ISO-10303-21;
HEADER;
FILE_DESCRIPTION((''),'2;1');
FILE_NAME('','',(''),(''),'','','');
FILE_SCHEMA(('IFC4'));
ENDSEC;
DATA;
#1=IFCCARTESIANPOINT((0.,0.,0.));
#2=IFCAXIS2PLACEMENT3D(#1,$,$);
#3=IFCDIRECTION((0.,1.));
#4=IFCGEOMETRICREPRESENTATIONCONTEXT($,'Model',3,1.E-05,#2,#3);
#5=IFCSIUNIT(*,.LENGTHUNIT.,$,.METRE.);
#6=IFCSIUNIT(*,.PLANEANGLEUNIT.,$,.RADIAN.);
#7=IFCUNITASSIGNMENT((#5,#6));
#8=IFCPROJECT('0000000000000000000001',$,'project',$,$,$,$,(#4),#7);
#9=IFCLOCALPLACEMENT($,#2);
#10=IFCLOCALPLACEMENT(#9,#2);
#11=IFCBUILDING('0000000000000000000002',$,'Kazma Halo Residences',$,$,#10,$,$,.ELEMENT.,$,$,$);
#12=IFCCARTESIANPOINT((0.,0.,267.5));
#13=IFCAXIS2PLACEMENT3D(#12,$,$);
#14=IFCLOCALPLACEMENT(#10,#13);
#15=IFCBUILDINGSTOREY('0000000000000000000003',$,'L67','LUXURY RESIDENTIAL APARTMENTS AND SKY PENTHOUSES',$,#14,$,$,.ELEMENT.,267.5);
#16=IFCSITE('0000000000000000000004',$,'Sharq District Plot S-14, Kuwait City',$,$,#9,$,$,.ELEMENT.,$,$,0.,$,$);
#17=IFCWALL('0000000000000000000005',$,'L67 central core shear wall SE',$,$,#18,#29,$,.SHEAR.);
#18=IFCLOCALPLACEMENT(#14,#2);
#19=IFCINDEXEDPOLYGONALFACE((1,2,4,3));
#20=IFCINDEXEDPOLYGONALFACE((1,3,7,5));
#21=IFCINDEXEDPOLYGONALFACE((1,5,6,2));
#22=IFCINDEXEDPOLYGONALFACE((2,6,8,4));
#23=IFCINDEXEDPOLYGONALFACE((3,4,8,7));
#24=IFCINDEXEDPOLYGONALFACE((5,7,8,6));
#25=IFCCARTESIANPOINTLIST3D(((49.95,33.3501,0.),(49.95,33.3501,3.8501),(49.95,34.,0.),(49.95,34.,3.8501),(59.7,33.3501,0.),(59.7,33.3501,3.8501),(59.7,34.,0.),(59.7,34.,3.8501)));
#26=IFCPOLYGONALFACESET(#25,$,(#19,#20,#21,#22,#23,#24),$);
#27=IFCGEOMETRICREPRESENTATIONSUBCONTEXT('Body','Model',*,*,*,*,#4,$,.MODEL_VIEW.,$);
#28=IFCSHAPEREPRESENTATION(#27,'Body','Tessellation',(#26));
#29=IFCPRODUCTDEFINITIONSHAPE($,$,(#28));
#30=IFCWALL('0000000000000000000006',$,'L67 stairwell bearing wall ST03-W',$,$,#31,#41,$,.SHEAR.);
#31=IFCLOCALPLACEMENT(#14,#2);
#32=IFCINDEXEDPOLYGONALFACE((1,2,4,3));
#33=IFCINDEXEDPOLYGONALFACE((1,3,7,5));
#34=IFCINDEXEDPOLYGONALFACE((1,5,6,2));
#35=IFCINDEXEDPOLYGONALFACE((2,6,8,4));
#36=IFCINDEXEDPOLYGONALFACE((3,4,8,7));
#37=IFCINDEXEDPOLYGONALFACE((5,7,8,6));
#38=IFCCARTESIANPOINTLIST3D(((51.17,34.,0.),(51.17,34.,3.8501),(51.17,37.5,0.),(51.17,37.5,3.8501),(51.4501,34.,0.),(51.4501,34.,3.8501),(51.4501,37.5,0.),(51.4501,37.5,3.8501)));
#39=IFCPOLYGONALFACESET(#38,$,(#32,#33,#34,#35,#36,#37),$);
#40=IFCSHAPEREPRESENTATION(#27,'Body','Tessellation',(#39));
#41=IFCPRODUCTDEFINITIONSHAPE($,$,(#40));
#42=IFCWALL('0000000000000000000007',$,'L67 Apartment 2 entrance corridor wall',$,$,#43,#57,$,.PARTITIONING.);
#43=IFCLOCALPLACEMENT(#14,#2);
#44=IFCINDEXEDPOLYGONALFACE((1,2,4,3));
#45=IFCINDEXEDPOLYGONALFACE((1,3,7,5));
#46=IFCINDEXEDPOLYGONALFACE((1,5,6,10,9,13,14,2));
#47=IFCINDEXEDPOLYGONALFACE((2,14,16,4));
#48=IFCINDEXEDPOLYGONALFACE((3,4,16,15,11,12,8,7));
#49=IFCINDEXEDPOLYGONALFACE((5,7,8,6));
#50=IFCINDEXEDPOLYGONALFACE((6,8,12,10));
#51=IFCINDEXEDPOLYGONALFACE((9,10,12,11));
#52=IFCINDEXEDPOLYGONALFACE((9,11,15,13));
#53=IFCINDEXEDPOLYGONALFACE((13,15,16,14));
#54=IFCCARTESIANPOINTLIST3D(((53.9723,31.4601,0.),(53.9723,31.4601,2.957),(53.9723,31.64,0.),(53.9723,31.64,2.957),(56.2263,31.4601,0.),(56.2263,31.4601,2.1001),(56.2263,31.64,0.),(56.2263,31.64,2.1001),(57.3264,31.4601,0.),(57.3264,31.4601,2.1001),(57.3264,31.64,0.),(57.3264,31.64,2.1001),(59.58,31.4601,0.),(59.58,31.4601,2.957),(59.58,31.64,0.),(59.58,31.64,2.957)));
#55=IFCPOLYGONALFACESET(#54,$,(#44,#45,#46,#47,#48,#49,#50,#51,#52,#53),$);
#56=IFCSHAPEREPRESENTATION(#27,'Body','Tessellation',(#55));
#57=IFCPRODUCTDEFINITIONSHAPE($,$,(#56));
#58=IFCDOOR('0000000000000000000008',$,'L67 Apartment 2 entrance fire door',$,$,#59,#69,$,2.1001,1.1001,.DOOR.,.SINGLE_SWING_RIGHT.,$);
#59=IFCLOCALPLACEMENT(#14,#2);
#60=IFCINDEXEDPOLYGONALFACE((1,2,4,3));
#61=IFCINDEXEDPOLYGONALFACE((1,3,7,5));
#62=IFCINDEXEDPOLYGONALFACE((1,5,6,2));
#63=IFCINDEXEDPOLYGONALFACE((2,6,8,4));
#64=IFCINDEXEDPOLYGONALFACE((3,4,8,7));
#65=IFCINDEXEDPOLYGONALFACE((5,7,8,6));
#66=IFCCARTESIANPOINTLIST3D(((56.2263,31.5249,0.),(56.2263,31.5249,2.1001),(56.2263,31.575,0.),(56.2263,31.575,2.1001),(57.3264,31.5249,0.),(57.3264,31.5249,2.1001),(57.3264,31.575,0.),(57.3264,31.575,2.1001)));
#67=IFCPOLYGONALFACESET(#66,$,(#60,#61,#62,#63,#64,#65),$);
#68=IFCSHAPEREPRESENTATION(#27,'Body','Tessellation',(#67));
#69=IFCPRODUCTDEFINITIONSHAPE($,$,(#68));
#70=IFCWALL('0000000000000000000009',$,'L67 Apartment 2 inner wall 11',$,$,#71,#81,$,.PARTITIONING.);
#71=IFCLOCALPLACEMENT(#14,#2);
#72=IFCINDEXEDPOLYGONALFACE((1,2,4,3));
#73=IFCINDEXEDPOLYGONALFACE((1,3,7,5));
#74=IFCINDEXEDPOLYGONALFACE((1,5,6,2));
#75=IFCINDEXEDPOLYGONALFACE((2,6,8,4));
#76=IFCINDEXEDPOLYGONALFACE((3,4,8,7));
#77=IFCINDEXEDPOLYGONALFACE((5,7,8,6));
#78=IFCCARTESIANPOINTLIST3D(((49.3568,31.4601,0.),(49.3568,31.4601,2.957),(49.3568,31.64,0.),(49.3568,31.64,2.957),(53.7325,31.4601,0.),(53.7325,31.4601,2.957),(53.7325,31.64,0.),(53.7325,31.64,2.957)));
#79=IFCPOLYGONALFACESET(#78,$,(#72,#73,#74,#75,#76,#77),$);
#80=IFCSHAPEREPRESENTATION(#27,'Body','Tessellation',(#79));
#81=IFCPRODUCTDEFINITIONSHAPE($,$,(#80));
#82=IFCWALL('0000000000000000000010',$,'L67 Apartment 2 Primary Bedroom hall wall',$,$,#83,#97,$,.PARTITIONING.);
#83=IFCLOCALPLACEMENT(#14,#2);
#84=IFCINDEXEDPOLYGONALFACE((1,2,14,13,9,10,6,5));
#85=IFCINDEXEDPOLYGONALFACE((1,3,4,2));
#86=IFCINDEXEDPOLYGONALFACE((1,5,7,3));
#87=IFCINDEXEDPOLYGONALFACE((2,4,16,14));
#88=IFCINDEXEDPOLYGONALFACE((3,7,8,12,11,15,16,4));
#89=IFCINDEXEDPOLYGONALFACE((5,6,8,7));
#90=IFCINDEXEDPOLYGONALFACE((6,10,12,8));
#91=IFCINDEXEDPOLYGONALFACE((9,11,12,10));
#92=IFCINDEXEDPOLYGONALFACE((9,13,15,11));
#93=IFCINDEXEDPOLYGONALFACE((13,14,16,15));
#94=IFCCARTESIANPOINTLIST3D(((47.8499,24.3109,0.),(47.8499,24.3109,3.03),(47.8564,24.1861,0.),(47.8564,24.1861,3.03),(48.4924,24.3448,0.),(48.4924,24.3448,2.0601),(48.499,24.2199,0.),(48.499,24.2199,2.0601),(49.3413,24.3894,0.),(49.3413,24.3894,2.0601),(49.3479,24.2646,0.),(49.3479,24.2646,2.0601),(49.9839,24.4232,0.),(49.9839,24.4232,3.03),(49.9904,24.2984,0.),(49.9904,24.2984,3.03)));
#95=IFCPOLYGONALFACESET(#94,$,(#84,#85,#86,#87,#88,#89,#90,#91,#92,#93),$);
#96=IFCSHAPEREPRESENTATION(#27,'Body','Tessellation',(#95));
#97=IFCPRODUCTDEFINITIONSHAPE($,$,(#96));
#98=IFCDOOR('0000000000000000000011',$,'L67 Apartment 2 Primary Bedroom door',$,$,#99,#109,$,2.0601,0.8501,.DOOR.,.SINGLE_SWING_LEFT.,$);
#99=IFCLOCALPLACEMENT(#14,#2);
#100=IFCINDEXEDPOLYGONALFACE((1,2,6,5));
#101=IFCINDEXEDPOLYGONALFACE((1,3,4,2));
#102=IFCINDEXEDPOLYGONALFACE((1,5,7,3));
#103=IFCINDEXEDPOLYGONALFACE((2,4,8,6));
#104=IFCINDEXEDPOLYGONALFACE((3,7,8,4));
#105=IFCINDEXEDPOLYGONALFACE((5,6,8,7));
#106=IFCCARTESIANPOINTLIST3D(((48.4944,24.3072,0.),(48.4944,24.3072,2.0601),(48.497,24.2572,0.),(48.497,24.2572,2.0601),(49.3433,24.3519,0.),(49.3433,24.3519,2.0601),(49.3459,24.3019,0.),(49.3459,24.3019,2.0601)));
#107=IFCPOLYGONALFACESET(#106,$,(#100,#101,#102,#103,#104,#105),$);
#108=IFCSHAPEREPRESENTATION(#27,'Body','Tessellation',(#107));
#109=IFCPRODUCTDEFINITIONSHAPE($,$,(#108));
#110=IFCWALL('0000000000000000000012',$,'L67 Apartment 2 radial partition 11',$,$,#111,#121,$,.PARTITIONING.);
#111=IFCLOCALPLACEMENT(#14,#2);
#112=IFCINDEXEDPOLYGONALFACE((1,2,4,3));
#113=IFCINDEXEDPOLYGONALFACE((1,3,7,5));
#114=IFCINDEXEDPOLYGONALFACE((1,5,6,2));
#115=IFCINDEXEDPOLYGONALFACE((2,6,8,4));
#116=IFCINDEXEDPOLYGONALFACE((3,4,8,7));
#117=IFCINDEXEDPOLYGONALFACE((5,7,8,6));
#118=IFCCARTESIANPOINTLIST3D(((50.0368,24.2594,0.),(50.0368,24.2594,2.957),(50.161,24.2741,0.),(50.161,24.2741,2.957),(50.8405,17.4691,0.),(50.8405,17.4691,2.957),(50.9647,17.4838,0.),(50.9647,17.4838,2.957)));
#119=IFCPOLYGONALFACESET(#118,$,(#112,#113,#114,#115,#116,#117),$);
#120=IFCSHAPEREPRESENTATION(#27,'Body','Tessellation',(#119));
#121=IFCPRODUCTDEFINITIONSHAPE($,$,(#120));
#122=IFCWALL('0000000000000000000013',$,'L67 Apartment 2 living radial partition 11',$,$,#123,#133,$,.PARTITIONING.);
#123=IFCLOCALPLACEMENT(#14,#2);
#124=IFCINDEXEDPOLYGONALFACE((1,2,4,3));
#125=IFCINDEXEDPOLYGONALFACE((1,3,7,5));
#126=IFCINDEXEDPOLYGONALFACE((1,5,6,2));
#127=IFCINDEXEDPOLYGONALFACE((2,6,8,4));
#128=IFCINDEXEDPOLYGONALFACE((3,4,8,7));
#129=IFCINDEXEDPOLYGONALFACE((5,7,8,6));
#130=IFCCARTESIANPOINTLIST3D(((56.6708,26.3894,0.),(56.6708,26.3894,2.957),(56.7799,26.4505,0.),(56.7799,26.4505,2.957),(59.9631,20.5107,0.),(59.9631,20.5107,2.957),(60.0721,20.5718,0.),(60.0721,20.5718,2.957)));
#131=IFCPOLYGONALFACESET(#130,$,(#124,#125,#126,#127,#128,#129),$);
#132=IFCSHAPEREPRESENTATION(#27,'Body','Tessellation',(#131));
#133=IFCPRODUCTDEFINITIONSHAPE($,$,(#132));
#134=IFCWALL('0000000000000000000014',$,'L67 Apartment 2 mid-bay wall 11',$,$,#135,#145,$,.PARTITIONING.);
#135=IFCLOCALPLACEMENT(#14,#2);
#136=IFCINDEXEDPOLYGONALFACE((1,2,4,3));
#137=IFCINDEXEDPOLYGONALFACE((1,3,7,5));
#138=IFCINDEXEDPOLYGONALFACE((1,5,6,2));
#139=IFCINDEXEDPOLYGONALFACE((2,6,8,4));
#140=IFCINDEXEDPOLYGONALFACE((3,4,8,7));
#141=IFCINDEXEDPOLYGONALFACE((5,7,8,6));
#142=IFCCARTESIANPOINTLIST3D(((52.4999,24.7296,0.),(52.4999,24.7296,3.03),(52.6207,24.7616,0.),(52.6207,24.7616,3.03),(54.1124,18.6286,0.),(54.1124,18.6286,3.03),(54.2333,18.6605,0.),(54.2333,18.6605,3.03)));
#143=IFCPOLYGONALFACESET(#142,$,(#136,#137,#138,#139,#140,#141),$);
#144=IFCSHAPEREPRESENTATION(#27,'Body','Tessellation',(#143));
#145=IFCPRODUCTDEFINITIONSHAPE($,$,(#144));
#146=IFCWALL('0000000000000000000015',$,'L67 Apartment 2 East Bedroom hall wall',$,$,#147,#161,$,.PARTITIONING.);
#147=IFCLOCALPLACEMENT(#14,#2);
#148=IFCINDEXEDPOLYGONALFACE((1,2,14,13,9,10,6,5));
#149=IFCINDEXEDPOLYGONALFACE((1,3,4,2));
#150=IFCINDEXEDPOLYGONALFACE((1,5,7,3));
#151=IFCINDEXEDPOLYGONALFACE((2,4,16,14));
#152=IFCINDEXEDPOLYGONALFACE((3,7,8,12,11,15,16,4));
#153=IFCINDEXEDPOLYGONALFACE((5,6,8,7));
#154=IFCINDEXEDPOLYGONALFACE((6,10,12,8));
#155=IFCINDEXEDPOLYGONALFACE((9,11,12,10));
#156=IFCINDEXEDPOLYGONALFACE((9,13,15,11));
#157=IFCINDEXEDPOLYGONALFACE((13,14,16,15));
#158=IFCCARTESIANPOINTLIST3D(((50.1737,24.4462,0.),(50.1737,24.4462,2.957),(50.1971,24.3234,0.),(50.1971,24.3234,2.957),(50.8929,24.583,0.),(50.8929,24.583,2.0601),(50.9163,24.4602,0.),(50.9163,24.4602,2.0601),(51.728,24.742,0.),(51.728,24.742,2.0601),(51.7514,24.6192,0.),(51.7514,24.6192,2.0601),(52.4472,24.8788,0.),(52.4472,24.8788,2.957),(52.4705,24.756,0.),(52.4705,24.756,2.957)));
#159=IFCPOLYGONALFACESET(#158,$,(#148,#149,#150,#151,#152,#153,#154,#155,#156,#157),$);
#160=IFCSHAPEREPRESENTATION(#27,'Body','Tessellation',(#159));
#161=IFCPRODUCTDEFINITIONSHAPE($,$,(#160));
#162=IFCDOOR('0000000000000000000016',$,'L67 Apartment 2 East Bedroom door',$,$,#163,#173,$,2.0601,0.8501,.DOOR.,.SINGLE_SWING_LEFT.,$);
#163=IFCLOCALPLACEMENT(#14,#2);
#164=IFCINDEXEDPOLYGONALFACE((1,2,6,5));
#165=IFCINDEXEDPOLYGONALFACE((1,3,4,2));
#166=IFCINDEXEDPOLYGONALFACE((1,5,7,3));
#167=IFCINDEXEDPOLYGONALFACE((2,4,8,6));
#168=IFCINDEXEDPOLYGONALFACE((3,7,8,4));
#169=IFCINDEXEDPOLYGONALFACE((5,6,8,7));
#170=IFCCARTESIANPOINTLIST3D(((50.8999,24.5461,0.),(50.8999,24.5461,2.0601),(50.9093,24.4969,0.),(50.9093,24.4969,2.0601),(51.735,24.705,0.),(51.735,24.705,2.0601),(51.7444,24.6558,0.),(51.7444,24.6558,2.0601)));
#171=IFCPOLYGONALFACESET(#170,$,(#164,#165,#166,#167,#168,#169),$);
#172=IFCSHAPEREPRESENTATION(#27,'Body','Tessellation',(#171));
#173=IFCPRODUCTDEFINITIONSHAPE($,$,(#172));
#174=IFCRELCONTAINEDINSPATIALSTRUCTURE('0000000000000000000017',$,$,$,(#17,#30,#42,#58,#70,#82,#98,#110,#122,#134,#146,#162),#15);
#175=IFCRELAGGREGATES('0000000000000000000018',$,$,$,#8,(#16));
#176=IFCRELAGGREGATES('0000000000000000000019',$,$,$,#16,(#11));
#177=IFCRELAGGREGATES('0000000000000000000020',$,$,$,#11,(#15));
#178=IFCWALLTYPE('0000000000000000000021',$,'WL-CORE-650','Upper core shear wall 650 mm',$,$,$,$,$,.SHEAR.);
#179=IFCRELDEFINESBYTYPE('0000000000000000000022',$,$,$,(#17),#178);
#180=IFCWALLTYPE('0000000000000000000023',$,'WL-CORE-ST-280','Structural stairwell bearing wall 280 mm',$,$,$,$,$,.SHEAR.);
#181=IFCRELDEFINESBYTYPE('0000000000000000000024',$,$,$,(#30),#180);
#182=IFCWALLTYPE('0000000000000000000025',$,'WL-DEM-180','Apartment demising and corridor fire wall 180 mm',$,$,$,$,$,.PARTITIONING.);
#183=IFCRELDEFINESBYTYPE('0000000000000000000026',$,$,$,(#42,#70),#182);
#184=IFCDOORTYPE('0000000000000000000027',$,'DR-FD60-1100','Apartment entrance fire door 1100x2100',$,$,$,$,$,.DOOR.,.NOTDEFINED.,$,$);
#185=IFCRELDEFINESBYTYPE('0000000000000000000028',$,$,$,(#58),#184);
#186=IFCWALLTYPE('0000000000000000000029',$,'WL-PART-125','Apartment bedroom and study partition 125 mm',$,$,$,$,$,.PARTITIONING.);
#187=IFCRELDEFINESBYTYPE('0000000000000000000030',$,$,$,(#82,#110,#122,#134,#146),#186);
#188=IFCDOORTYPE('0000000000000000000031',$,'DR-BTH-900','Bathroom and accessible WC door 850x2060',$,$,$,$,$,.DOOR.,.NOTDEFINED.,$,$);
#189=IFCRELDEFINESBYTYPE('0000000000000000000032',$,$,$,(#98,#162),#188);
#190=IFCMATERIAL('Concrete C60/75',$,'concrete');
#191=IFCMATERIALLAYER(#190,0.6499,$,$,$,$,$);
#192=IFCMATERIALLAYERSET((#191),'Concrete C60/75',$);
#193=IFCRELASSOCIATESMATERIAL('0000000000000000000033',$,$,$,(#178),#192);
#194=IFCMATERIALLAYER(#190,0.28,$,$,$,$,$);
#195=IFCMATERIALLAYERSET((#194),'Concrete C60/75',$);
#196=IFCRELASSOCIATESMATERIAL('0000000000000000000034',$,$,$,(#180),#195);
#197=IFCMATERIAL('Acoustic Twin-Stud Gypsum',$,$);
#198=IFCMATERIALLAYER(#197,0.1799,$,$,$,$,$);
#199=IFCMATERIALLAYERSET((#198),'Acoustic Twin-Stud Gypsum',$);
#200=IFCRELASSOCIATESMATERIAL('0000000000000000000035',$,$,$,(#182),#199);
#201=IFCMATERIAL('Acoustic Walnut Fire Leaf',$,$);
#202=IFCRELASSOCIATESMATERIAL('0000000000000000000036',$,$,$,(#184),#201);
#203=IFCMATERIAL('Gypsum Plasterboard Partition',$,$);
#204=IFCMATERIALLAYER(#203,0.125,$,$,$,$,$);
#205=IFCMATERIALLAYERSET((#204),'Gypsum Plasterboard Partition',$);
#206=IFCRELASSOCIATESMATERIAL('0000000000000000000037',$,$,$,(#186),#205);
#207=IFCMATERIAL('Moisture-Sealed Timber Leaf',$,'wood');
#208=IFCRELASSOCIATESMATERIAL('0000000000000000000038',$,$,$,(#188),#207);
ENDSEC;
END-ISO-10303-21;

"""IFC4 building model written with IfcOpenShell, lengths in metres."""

from ifc_helpers import new_model, si_unit, direction, frame, frame_2d, origin, place, context, subcontext, project, spatial, rectangle, extrude, material, layer, layer_set, type_object, element, fill, save


model = new_model("IFC4")

# Units and contexts
model_context = context("Model", 3, precision=1e-05, world=origin(), true_north=direction((0.0, 1.0)))
body_context = subcontext(model_context, "Body", "Model", "MODEL_VIEW")
ifc_project = project(units=[si_unit("LENGTHUNIT", "METRE"), si_unit("PLANEANGLEUNIT", "RADIAN")], contexts=[model_context])

# Site, building, storey
site_placement = place(None, origin())
site = spatial("IfcSite", under=ifc_project, at=site_placement, Name="Sharq District Plot S-14, Kuwait City", CompositionType="ELEMENT", RefElevation=0.0)
building_placement = place(site_placement, origin())
building = spatial("IfcBuilding", under=site, at=building_placement, Name="Kazma Halo Residences", CompositionType="ELEMENT")
storey_placement = place(building_placement, frame((0.0, 0.0, 267.5)))
storey = spatial("IfcBuildingStorey", under=building, at=storey_placement, Name="L67", Description="LUXURY RESIDENTIAL APARTMENTS AND SKY PENTHOUSES", CompositionType="ELEMENT", Elevation=267.5)

# Shared definitions
ifc_material_1 = material(Name="Concrete C60/75", Category="concrete")

# Walls
ifc_layer_1 = layer(ifc_material_1, 0.6499)
ifc_layer_set_1 = layer_set([ifc_layer_1], Name="Concrete C60/75")
wall_type_1 = type_object("IfcWallType", Name="WL-CORE-650", Description="Upper core shear wall 650 mm", PredefinedType="SHEAR", material=ifc_layer_set_1)
wall_1_placement = place(storey_placement, frame((49.95, 33.675, 0.0), z_axis=(0.0, 0.0, 1.0), x_axis=(1.0, 0.0, 0.0)))
element("IfcWall", 1, at=wall_1_placement, inside=storey, type_object=wall_type_1, Name="L67 central core shear wall SE", PredefinedType="SHEAR", context=body_context, shape_type="SweptSolid", body=[
    extrude(rectangle(XDim=9.75, YDim=0.6499, at=frame_2d((4.875, 0.0))), origin(), (0.0, 0.0, 1.0), 3.8501),
])
ifc_layer_2 = layer(ifc_material_1, 0.28)
ifc_layer_set_2 = layer_set([ifc_layer_2], Name="Concrete C60/75")
wall_type_2 = type_object("IfcWallType", Name="WL-CORE-ST-280", Description="Structural stairwell bearing wall 280 mm", PredefinedType="SHEAR", material=ifc_layer_set_2)
wall_2_placement = place(storey_placement, frame((51.3101, 34.0, 0.0), z_axis=(0.0, 0.0, 1.0), x_axis=(0.0, 1.0, 0.0)))
element("IfcWall", 2, at=wall_2_placement, inside=storey, type_object=wall_type_2, Name="L67 stairwell bearing wall ST03-W", PredefinedType="SHEAR", context=body_context, shape_type="SweptSolid", body=[
    extrude(rectangle(XDim=3.5, YDim=0.28, at=frame_2d((1.75, 0.0))), origin(), (0.0, 0.0, 1.0), 3.8501),
])

# Wall, opening, door
ifc_material_2 = material(Name="Acoustic Twin-Stud Gypsum")
ifc_layer_3 = layer(ifc_material_2, 0.1799)
ifc_layer_set_3 = layer_set([ifc_layer_3], Name="Acoustic Twin-Stud Gypsum")
wall_type_3 = type_object("IfcWallType", Name="WL-DEM-180", Description="Apartment demising and corridor fire wall 180 mm", PredefinedType="PARTITIONING", material=ifc_layer_set_3)
wall_3_placement = place(storey_placement, frame((53.9724, 31.55, 0.0), z_axis=(0.0, 0.0, 1.0), x_axis=(1.0, 0.0, 0.0)))
wall_3 = element("IfcWall", 3, at=wall_3_placement, inside=storey, type_object=wall_type_3, Name="L67 Apartment 2 entrance corridor wall", PredefinedType="PARTITIONING", context=body_context, shape_type="SweptSolid", body=[
    extrude(rectangle(XDim=5.6077, YDim=0.1799, at=frame_2d((2.8037, 0.0))), origin(), (0.0, 0.0, 1.0), 2.957),
])
opening_1_placement = place(wall_3_placement, frame((2.2539, 0.0, 0.0)))
opening_1 = element("IfcOpeningElement", 4, at=opening_1_placement, cuts=wall_3, PredefinedType="OPENING", context=body_context, shape_type="SweptSolid", body=[
    extrude(rectangle(XDim=1.1001, YDim=2.1001, at=frame_2d((0.55, 1.05))), frame((0.0, 0.0999, 0.0), z_axis=(0.0, -1.0, 0.0), x_axis=(1.0, 0.0, 0.0)), (0.0, 0.0, 1.0), 0.2),
])
ifc_material_3 = material(Name="Acoustic Walnut Fire Leaf")
door_type_1 = type_object("IfcDoorType", Name="DR-FD60-1100", Description="Apartment entrance fire door 1100x2100", OperationType="NOTDEFINED", PredefinedType="DOOR", material=ifc_material_3)
door_1_placement = place(opening_1_placement, origin())
door_1 = element("IfcDoor", 5, at=door_1_placement, inside=storey, type_object=door_type_1, Name="L67 Apartment 2 entrance fire door", OperationType="SINGLE_SWING_RIGHT", OverallHeight=2.1001, OverallWidth=1.1001, PredefinedType="DOOR", context=body_context, shape_type="SweptSolid", body=[
    extrude(rectangle(XDim=1.1001, YDim=2.1001, at=frame_2d((0.55, 1.05))), frame((0.0, 0.0249, 0.0), z_axis=(0.0, -1.0, 0.0), x_axis=(1.0, 0.0, 0.0)), (0.0, 0.0, 1.0), 0.05),
])
fill(opening_1, door_1)

# Wall
wall_4_placement = place(storey_placement, frame((49.3567, 31.55, 0.0), z_axis=(0.0, 0.0, 1.0), x_axis=(1.0, 0.0, 0.0)))
element("IfcWall", 6, at=wall_4_placement, inside=storey, type_object=wall_type_3, Name="L67 Apartment 2 inner wall 11", PredefinedType="PARTITIONING", context=body_context, shape_type="SweptSolid", body=[
    extrude(rectangle(XDim=4.3757, YDim=0.1799, at=frame_2d((2.188, 0.0))), origin(), (0.0, 0.0, 1.0), 2.957),
])

# Wall, opening, door
ifc_material_4 = material(Name="Gypsum Plasterboard Partition")
ifc_layer_4 = layer(ifc_material_4, 0.125)
ifc_layer_set_4 = layer_set([ifc_layer_4], Name="Gypsum Plasterboard Partition")
wall_type_4 = type_object("IfcWallType", Name="WL-PART-125", Description="Apartment bedroom and study partition 125 mm", PredefinedType="PARTITIONING", material=ifc_layer_set_4)
wall_5_placement = place(storey_placement, frame((47.8533, 24.2485, 0.0), z_axis=(0.0, 0.0, 1.0), x_axis=(0.998618, 0.052553, 0.0)))
wall_5 = element("IfcWall", 7, at=wall_5_placement, inside=storey, type_object=wall_type_4, Name="L67 Apartment 2 Primary Bedroom hall wall", PredefinedType="PARTITIONING", context=body_context, shape_type="SweptSolid", body=[
    extrude(rectangle(XDim=2.137, YDim=0.125, at=frame_2d((1.0684, 0.0))), origin(), (0.0, 0.0, 1.0), 3.03),
])
opening_2_placement = place(wall_5_placement, frame((0.6433, 0.0, 0.0)))
opening_2 = element("IfcOpeningElement", 8, at=opening_2_placement, cuts=wall_5, PredefinedType="OPENING", context=body_context, shape_type="SweptSolid", body=[
    extrude(rectangle(XDim=0.8501, YDim=2.0601, at=frame_2d((0.425, 1.03))), frame((0.0, 0.0725, 0.0), z_axis=(0.0, -1.0, 0.0), x_axis=(1.0, 0.0, 0.0)), (0.0, 0.0, 1.0), 0.145),
])
ifc_material_5 = material(Name="Moisture-Sealed Timber Leaf", Category="wood")
door_type_2 = type_object("IfcDoorType", Name="DR-BTH-900", Description="Bathroom and accessible WC door 850x2060", OperationType="NOTDEFINED", PredefinedType="DOOR", material=ifc_material_5)
door_2_placement = place(opening_2_placement, origin())
door_2 = element("IfcDoor", 9, at=door_2_placement, inside=storey, type_object=door_type_2, Name="L67 Apartment 2 Primary Bedroom door", OperationType="SINGLE_SWING_LEFT", OverallHeight=2.0601, OverallWidth=0.8501, PredefinedType="DOOR", context=body_context, shape_type="SweptSolid", body=[
    extrude(rectangle(XDim=0.8501, YDim=2.0601, at=frame_2d((0.425, 1.03))), frame((0.0, 0.0249, 0.0), z_axis=(0.0, -1.0, 0.0), x_axis=(1.0, 0.0, 0.0)), (0.0, 0.0, 1.0), 0.05),
])
fill(opening_2, door_2)

# Walls
wall_6_placement = place(storey_placement, frame((50.0989, 24.2668, 0.0), z_axis=(0.0, 0.0, 1.0), x_axis=(0.117541, -0.993068, 0.0)))
element("IfcWall", 10, at=wall_6_placement, inside=storey, type_object=wall_type_4, Name="L67 Apartment 2 radial partition 11", PredefinedType="PARTITIONING", context=body_context, shape_type="SweptSolid", body=[
    extrude(rectangle(XDim=6.8376, YDim=0.125, at=frame_2d((3.4189, 0.0))), origin(), (0.0, 0.0, 1.0), 2.957),
])
wall_7_placement = place(storey_placement, frame((56.7253, 26.4199, 0.0), z_axis=(0.0, 0.0, 1.0), x_axis=(0.488624, -0.872494, 0.0)))
element("IfcWall", 11, at=wall_7_placement, inside=storey, type_object=wall_type_4, Name="L67 Apartment 2 living radial partition 11", PredefinedType="PARTITIONING", context=body_context, shape_type="SweptSolid", body=[
    extrude(rectangle(XDim=6.7378, YDim=0.125, at=frame_2d((3.3689, 0.0))), origin(), (0.0, 0.0, 1.0), 2.957),
])
wall_8_placement = place(storey_placement, frame((52.5603, 24.7456, 0.0), z_axis=(0.0, 0.0, 1.0), x_axis=(0.255531, -0.966801, 0.0)))
element("IfcWall", 12, at=wall_8_placement, inside=storey, type_object=wall_type_4, Name="L67 Apartment 2 mid-bay wall 11", PredefinedType="PARTITIONING", context=body_context, shape_type="SweptSolid", body=[
    extrude(rectangle(XDim=6.3105, YDim=0.125, at=frame_2d((3.1553, 0.0))), origin(), (0.0, 0.0, 1.0), 3.03),
])

# Wall, opening, door
wall_9_placement = place(storey_placement, frame((50.1853, 24.3848, 0.0), z_axis=(0.0, 0.0, 1.0), x_axis=(0.982372, 0.186938, 0.0)))
wall_9 = element("IfcWall", 13, at=wall_9_placement, inside=storey, type_object=wall_type_4, Name="L67 Apartment 2 East Bedroom hall wall", PredefinedType="PARTITIONING", context=body_context, shape_type="SweptSolid", body=[
    extrude(rectangle(XDim=2.3142, YDim=0.125, at=frame_2d((1.1572, 0.0))), origin(), (0.0, 0.0, 1.0), 2.957),
])
opening_3_placement = place(wall_9_placement, frame((0.7322, 0.0, 0.0)))
opening_3 = element("IfcOpeningElement", 14, at=opening_3_placement, cuts=wall_9, PredefinedType="OPENING", context=body_context, shape_type="SweptSolid", body=[
    extrude(rectangle(XDim=0.8501, YDim=2.0601, at=frame_2d((0.425, 1.03))), frame((0.0, 0.0725, 0.0), z_axis=(0.0, -1.0, 0.0), x_axis=(1.0, 0.0, 0.0)), (0.0, 0.0, 1.0), 0.145),
])
door_3_placement = place(opening_3_placement, origin())
door_3 = element("IfcDoor", 15, at=door_3_placement, inside=storey, type_object=door_type_2, Name="L67 Apartment 2 East Bedroom door", OperationType="SINGLE_SWING_LEFT", OverallHeight=2.0601, OverallWidth=0.8501, PredefinedType="DOOR", context=body_context, shape_type="SweptSolid", body=[
    extrude(rectangle(XDim=0.8501, YDim=2.0601, at=frame_2d((0.425, 1.03))), frame((0.0, 0.0249, 0.0), z_axis=(0.0, -1.0, 0.0), x_axis=(1.0, 0.0, 0.0)), (0.0, 0.0, 1.0), 0.05),
])
fill(opening_3, door_3)

save(model, "model.ifc")
